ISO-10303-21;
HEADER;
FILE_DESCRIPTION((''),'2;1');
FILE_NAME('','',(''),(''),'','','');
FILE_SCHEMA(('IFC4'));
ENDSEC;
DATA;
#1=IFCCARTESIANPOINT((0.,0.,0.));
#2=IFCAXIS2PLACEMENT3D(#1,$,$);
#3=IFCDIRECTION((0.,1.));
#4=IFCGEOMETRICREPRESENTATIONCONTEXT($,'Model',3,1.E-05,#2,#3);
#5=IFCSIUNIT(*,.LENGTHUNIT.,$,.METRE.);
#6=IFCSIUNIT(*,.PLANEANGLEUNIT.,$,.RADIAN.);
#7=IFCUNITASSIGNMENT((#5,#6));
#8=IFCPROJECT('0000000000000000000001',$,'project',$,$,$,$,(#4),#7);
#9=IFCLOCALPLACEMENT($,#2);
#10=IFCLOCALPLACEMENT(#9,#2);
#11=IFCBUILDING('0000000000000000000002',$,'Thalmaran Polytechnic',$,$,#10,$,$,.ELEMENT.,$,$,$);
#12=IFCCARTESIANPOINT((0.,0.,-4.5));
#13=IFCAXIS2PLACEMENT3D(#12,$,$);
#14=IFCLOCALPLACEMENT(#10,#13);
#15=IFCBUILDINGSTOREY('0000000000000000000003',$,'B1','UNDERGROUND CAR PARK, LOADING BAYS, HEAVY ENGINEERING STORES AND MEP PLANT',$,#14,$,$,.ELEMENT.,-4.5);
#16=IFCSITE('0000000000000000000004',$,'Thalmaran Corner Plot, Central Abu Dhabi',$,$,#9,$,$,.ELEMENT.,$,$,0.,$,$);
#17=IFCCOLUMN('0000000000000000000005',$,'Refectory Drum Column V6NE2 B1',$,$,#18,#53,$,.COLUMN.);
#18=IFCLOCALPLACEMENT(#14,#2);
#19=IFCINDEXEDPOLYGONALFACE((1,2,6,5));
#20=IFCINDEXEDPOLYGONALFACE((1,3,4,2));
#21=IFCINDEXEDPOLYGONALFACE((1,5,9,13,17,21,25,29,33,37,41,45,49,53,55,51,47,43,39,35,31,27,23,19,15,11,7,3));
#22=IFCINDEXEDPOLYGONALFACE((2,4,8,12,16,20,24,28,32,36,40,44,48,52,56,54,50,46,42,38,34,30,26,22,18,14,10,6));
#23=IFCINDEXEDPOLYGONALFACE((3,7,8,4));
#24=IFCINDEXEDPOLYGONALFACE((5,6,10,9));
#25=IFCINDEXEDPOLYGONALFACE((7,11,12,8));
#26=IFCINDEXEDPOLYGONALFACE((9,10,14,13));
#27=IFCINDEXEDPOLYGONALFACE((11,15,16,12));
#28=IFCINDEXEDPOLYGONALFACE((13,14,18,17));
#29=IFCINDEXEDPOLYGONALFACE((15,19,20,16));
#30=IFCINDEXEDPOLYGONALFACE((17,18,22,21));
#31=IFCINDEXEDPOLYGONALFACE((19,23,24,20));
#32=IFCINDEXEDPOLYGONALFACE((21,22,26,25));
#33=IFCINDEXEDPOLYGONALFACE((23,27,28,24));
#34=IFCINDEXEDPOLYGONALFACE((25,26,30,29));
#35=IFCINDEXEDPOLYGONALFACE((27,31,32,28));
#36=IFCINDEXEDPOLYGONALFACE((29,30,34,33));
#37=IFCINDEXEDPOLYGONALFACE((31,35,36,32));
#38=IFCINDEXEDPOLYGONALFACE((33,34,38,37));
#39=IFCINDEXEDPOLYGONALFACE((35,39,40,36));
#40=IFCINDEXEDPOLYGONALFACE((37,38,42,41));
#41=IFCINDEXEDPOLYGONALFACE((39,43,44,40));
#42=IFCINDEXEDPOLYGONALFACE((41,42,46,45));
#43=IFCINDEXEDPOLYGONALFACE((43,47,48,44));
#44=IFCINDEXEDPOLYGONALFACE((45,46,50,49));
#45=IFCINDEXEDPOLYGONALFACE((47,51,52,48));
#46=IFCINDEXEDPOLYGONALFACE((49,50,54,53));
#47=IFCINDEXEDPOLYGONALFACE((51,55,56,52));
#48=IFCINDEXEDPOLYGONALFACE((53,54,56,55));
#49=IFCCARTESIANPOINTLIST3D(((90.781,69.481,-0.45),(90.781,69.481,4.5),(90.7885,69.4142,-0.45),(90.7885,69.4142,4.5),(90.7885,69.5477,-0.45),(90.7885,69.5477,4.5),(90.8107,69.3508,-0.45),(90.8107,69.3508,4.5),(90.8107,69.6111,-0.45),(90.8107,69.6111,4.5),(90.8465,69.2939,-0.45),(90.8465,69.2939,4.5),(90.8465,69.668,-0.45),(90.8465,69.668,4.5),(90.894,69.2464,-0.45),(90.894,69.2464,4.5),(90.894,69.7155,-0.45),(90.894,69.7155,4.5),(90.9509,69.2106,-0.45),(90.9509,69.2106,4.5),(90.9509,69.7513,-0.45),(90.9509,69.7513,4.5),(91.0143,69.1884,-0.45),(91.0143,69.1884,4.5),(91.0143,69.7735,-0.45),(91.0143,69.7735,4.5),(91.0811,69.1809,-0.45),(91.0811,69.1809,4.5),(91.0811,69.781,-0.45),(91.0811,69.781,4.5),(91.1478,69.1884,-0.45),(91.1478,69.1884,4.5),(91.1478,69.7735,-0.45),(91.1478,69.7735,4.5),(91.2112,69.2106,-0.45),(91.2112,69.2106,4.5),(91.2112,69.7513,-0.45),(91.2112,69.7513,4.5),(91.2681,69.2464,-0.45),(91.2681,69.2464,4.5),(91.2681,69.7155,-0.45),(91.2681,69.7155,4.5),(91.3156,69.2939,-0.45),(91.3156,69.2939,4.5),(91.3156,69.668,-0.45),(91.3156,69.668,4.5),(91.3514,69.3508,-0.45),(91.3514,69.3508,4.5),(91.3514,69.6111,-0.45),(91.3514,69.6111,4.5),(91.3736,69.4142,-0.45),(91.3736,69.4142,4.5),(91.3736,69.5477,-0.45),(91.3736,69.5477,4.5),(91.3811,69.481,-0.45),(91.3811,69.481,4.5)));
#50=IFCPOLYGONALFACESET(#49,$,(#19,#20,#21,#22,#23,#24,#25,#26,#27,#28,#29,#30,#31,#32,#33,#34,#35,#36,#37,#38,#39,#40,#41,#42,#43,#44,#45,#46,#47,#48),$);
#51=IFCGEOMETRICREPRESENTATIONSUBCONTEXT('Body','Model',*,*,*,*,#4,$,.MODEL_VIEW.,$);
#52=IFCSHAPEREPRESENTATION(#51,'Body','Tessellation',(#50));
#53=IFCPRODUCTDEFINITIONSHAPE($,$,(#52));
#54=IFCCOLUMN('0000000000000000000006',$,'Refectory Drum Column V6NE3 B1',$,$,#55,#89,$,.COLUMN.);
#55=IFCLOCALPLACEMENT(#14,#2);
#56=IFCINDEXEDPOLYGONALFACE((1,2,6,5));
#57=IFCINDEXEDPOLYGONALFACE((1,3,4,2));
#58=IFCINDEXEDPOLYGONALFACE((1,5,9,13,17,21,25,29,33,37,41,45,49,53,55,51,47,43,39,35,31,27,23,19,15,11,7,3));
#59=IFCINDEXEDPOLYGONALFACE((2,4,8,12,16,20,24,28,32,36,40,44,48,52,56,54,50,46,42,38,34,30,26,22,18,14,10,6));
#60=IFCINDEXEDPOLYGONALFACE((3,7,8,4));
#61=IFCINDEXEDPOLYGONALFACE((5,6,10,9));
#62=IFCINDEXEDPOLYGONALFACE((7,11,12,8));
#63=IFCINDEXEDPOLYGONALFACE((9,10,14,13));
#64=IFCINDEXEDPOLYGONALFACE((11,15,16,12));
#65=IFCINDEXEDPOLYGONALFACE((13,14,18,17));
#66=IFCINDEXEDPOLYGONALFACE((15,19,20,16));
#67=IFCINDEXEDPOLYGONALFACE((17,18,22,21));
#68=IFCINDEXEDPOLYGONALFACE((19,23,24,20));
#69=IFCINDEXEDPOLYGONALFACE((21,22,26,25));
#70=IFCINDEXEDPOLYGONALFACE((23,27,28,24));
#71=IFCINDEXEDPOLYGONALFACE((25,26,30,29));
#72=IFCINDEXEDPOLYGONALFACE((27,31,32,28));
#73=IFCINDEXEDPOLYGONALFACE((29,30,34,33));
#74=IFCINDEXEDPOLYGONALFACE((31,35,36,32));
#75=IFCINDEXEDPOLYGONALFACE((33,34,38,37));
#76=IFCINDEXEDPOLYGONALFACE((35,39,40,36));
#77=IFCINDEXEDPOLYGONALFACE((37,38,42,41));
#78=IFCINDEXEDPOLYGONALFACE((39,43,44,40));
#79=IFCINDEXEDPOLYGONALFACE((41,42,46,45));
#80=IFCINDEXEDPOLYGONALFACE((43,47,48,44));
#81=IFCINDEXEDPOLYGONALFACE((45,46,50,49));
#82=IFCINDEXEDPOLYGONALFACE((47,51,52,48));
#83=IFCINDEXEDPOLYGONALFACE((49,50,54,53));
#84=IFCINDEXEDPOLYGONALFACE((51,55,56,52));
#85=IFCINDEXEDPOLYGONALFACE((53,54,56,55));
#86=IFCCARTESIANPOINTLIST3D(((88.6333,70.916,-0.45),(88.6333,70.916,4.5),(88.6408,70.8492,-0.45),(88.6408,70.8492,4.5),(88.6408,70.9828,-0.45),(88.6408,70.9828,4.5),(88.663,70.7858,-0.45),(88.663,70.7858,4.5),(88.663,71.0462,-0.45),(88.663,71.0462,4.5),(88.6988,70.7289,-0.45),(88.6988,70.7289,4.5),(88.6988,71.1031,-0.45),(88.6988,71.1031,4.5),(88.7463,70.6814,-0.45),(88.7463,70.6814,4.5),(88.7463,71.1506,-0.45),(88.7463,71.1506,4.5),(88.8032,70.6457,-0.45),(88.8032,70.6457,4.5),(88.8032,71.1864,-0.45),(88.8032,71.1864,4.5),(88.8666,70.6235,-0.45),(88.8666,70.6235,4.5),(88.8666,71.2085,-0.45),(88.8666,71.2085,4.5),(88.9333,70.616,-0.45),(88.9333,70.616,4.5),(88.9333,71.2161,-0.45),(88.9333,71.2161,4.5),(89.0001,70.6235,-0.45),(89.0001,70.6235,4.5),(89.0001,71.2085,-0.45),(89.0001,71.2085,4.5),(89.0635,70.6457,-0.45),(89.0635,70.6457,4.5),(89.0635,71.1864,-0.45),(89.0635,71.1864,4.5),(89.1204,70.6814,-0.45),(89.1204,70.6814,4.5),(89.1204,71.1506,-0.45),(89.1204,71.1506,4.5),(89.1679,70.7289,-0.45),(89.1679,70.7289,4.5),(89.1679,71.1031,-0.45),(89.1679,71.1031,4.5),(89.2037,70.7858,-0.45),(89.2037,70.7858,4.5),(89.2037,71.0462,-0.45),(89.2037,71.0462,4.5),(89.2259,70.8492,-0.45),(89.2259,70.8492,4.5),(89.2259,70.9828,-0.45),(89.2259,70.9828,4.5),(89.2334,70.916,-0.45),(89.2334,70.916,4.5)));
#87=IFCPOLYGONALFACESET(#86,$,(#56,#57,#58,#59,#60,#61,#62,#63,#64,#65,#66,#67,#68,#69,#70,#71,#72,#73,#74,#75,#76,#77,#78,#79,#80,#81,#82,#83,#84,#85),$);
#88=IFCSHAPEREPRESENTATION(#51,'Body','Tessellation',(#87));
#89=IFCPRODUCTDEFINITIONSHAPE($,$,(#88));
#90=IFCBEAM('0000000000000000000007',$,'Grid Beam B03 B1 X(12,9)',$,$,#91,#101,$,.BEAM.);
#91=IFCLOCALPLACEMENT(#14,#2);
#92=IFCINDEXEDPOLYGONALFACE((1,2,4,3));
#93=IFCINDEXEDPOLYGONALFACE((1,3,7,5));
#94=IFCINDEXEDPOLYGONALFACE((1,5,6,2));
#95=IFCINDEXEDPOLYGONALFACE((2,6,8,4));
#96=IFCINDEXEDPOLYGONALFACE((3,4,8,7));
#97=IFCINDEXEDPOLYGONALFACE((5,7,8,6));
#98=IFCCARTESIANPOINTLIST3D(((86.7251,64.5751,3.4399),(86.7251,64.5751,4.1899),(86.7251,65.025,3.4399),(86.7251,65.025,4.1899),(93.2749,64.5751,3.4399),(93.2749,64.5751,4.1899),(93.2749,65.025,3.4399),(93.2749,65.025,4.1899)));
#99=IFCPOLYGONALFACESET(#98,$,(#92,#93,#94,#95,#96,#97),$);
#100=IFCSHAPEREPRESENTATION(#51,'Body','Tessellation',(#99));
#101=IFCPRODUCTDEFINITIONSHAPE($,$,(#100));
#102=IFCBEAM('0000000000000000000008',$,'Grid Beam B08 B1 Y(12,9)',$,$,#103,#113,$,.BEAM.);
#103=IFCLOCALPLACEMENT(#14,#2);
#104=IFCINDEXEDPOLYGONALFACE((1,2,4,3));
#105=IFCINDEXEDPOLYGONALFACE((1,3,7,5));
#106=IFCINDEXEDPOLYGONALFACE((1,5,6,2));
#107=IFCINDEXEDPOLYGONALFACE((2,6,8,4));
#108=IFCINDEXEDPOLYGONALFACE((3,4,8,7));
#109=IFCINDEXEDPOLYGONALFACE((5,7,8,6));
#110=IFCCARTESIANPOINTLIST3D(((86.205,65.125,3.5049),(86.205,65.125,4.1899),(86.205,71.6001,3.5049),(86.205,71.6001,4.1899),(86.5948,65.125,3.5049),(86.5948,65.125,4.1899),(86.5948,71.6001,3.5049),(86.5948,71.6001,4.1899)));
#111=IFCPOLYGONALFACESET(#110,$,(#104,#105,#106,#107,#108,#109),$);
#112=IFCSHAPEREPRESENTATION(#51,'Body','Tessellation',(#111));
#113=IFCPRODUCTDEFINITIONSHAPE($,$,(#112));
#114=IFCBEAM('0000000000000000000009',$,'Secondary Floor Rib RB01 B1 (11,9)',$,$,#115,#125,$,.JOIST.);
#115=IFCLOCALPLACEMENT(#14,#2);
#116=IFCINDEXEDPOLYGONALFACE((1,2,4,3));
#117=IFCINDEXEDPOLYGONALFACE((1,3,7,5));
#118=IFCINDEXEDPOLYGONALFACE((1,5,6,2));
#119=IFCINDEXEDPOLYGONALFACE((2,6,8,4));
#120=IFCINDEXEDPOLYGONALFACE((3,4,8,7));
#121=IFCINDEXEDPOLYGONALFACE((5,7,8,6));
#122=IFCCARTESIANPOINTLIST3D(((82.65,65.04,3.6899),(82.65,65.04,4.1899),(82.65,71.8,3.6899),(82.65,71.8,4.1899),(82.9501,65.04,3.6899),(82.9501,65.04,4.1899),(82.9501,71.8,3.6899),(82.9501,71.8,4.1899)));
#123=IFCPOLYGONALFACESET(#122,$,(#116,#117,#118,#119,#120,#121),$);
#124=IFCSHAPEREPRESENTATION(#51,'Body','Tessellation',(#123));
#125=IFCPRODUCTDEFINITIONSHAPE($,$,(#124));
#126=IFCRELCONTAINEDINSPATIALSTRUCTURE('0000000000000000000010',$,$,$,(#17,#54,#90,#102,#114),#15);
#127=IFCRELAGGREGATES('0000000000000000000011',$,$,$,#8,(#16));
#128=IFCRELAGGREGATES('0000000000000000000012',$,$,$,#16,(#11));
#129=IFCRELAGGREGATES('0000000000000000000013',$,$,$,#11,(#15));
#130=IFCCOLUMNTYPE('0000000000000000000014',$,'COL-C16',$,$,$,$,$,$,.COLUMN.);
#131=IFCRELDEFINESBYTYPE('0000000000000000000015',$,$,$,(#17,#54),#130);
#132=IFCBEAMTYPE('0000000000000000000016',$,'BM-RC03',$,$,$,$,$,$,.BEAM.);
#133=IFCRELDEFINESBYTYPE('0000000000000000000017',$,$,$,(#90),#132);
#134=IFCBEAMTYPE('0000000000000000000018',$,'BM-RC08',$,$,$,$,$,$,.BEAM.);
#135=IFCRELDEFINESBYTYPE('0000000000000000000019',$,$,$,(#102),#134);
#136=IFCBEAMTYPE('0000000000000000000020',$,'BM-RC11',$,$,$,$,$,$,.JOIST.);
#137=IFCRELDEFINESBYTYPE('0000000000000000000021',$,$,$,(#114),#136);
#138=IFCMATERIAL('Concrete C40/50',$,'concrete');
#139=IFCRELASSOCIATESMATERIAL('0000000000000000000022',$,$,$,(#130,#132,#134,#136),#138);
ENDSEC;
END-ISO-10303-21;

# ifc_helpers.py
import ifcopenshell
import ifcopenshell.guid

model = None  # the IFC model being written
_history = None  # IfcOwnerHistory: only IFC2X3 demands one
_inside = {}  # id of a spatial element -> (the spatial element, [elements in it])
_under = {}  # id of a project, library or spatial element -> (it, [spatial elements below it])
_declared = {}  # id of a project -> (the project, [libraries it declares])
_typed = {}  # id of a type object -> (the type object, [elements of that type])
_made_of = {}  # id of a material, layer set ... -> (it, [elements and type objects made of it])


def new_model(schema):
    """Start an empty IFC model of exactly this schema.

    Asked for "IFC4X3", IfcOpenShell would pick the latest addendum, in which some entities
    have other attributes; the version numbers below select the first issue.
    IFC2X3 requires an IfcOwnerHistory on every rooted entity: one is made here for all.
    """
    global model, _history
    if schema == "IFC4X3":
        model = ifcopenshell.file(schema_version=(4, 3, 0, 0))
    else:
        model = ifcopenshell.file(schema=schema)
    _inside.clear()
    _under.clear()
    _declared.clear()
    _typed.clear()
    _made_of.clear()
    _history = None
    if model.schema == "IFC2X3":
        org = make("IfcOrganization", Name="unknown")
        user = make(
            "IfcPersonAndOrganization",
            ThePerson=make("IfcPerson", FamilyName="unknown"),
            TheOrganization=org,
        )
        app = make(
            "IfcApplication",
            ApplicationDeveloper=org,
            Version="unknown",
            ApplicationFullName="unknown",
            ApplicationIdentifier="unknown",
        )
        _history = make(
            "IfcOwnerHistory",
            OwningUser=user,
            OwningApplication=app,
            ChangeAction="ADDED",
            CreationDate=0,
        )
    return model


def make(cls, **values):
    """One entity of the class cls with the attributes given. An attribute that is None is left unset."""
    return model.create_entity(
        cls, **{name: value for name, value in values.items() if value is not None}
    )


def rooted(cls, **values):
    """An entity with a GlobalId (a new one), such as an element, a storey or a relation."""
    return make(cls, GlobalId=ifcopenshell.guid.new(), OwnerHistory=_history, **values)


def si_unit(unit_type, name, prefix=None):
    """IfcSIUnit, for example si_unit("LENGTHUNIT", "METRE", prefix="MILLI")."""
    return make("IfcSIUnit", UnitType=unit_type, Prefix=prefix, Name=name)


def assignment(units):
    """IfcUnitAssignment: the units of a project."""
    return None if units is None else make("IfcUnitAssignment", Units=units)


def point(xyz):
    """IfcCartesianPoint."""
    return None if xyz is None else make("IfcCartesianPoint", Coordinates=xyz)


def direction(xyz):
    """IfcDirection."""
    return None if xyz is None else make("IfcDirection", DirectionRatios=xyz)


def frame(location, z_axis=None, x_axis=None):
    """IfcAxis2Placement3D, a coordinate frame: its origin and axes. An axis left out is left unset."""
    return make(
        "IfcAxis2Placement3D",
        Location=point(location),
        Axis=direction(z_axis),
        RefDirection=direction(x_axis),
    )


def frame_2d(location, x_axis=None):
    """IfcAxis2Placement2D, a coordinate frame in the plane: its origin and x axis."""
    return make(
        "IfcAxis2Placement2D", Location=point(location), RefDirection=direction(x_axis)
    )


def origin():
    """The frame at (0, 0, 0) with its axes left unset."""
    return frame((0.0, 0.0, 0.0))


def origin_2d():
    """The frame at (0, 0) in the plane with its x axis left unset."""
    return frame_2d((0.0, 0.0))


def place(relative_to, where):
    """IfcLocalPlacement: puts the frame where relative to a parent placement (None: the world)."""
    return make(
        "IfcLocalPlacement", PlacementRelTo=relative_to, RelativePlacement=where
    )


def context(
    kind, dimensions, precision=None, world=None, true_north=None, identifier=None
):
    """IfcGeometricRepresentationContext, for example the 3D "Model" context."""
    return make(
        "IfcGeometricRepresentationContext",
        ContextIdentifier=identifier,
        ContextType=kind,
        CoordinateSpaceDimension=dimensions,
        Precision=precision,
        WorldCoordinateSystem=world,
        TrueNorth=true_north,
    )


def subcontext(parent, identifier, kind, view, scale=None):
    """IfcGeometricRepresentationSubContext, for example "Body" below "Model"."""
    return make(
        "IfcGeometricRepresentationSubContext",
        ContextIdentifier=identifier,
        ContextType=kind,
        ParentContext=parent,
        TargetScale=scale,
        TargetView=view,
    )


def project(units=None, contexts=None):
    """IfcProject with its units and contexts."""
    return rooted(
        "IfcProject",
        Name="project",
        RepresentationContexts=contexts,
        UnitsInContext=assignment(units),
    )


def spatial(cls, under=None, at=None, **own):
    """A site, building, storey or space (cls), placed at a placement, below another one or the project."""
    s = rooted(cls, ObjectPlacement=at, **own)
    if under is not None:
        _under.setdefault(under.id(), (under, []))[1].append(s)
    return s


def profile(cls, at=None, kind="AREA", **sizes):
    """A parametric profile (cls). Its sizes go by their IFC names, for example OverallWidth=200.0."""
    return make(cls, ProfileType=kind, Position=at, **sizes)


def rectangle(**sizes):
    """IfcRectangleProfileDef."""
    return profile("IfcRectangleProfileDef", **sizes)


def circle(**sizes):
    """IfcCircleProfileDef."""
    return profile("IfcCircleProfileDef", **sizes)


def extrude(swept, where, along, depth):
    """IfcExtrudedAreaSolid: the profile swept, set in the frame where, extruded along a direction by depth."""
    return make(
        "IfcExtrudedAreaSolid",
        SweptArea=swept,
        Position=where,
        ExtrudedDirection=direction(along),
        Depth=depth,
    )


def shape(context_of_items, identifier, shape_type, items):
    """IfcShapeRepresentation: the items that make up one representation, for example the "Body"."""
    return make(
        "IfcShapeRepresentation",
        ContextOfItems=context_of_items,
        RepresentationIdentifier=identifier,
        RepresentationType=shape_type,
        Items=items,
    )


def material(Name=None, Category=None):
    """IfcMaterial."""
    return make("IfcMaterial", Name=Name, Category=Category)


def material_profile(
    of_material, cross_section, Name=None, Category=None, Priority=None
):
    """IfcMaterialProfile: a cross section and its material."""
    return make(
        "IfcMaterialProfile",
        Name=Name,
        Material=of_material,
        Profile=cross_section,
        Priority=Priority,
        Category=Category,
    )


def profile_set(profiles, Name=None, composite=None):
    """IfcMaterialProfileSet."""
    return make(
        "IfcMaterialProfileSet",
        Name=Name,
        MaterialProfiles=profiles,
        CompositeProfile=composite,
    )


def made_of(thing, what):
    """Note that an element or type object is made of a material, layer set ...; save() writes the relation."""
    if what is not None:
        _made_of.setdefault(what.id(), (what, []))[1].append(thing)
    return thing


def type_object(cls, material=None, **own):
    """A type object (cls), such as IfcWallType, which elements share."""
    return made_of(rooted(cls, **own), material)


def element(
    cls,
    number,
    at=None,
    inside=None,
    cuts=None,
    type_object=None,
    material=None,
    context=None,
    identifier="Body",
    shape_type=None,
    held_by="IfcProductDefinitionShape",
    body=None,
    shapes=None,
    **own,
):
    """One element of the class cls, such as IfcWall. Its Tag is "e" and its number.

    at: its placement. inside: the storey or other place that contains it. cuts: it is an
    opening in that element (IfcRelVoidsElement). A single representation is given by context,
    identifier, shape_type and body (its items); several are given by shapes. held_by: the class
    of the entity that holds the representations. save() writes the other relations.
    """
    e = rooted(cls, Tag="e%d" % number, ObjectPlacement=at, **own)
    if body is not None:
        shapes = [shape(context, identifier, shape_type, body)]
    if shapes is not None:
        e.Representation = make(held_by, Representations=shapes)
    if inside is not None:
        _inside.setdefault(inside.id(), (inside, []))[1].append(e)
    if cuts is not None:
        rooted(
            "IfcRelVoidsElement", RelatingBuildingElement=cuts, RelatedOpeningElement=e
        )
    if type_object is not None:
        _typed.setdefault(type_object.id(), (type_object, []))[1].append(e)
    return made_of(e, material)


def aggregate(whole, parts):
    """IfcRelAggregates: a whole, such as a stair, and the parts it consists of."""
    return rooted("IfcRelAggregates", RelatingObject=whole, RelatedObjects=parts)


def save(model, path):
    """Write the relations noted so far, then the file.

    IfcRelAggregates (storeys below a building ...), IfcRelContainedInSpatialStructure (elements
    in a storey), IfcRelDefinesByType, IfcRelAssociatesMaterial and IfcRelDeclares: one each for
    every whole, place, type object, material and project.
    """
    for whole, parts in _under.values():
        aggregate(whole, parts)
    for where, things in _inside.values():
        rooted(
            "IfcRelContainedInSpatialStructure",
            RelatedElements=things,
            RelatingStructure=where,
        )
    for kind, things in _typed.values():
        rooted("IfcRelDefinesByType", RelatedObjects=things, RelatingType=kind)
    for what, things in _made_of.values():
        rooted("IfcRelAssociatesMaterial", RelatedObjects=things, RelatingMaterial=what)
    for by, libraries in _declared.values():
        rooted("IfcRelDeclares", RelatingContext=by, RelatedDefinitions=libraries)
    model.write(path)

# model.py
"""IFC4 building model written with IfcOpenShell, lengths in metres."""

from ifc_helpers import new_model, si_unit, direction, frame, origin, origin_2d, place, context, subcontext, project, spatial, rectangle, circle, extrude, material, material_profile, profile_set, type_object, element, save


model = new_model("IFC4")

# Units and contexts
model_context = context("Model", 3, precision=1e-05, world=origin(), true_north=direction((0.0, 1.0)))
body_context = subcontext(model_context, "Body", "Model", "MODEL_VIEW")
ifc_project = project(units=[si_unit("LENGTHUNIT", "METRE"), si_unit("PLANEANGLEUNIT", "RADIAN")], contexts=[model_context])

# Site, building, storey
site_placement = place(None, origin())
site = spatial("IfcSite", under=ifc_project, at=site_placement, Name="Thalmaran Corner Plot, Central Abu Dhabi", CompositionType="ELEMENT", RefElevation=0.0)
building_placement = place(site_placement, origin())
building = spatial("IfcBuilding", under=site, at=building_placement, Name="Thalmaran Polytechnic", CompositionType="ELEMENT")
storey_placement = place(building_placement, frame((0.0, 0.0, -4.5)))
storey = spatial("IfcBuildingStorey", under=building, at=storey_placement, Name="B1", Description="UNDERGROUND CAR PARK, LOADING BAYS, HEAVY ENGINEERING STORES AND MEP PLANT", CompositionType="ELEMENT", Elevation=-4.5)

# Shared definitions
ifc_material_1 = material(Name="Concrete C40/50", Category="concrete")

# Columns
ifc_material_profile_1 = material_profile(ifc_material_1, circle(Radius=0.3, at=origin_2d()), Name="RC 600 DIA")
ifc_profile_set_1 = profile_set([ifc_material_profile_1], Name="Concrete C40/50")
column_type_1 = type_object("IfcColumnType", Name="COL-C16", PredefinedType="COLUMN", material=ifc_profile_set_1)
for number, where, z_axis, x_axis, name in (
    (1, (91.0811, 69.481, -0.45), (0.0, 0.0, 1.0), (1.0, 0.0, 0.0), "Refectory Drum Column V6NE2 B1"),
    (2, (88.9333, 70.916, -0.45), (0.0, 0.0, 1.0), (1.0, 0.0, 0.0), "Refectory Drum Column V6NE3 B1"),
):
    element("IfcColumn", number, at=place(storey_placement, frame(where, z_axis=z_axis, x_axis=x_axis)), inside=storey, type_object=column_type_1, Name=name, PredefinedType="COLUMN", context=body_context, shape_type="SweptSolid", body=[
        extrude(circle(Radius=0.3, at=origin_2d()), origin(), (0.0, 0.0, 1.0), 4.95),
    ])

# Beams
ifc_material_profile_2 = material_profile(ifc_material_1, rectangle(XDim=0.45, YDim=0.75, at=origin_2d()), Name="RC 450x750")
ifc_profile_set_2 = profile_set([ifc_material_profile_2], Name="Concrete C40/50")
beam_type_1 = type_object("IfcBeamType", Name="BM-RC03", PredefinedType="BEAM", material=ifc_profile_set_2)
beam_1_placement = place(storey_placement, frame((86.7251, 64.8, 3.8149), z_axis=(1.0, 0.0, 0.0), x_axis=(0.0, 1.0, 0.0)))
element("IfcBeam", 3, at=beam_1_placement, inside=storey, type_object=beam_type_1, Name="Grid Beam B03 B1 X(12,9)", PredefinedType="BEAM", context=body_context, shape_type="SweptSolid", body=[
    extrude(rectangle(XDim=0.45, YDim=0.75, at=origin_2d()), origin(), (0.0, 0.0, 1.0), 6.5498),
])
ifc_material_profile_3 = material_profile(ifc_material_1, rectangle(XDim=0.3899, YDim=0.6851, at=origin_2d()), Name="RC 390x685")
ifc_profile_set_3 = profile_set([ifc_material_profile_3], Name="Concrete C40/50")
beam_type_2 = type_object("IfcBeamType", Name="BM-RC08", PredefinedType="BEAM", material=ifc_profile_set_3)
beam_2_placement = place(storey_placement, frame((86.3999, 65.125, 3.8474), z_axis=(0.0, 1.0, 0.0), x_axis=(-1.0, 0.0, 0.0)))
element("IfcBeam", 4, at=beam_2_placement, inside=storey, type_object=beam_type_2, Name="Grid Beam B08 B1 Y(12,9)", PredefinedType="BEAM", context=body_context, shape_type="SweptSolid", body=[
    extrude(rectangle(XDim=0.3899, YDim=0.6851, at=origin_2d()), origin(), (0.0, 0.0, 1.0), 6.4751),
])
ifc_material_profile_4 = material_profile(ifc_material_1, rectangle(XDim=0.3, YDim=0.5, at=origin_2d()), Name="RC 300x500")
ifc_profile_set_4 = profile_set([ifc_material_profile_4], Name="Concrete C40/50")
beam_type_3 = type_object("IfcBeamType", Name="BM-RC11", PredefinedType="JOIST", material=ifc_profile_set_4)
beam_3_placement = place(storey_placement, frame((82.8, 65.04, 3.9399), z_axis=(0.0, 1.0, 0.0), x_axis=(-1.0, 0.0, 0.0)))
element("IfcBeam", 5, at=beam_3_placement, inside=storey, type_object=beam_type_3, Name="Secondary Floor Rib RB01 B1 (11,9)", PredefinedType="JOIST", context=body_context, shape_type="SweptSolid", body=[
    extrude(rectangle(XDim=0.3, YDim=0.5, at=origin_2d()), origin(), (0.0, 0.0, 1.0), 6.76),
])

save(model, "model.ifc")
